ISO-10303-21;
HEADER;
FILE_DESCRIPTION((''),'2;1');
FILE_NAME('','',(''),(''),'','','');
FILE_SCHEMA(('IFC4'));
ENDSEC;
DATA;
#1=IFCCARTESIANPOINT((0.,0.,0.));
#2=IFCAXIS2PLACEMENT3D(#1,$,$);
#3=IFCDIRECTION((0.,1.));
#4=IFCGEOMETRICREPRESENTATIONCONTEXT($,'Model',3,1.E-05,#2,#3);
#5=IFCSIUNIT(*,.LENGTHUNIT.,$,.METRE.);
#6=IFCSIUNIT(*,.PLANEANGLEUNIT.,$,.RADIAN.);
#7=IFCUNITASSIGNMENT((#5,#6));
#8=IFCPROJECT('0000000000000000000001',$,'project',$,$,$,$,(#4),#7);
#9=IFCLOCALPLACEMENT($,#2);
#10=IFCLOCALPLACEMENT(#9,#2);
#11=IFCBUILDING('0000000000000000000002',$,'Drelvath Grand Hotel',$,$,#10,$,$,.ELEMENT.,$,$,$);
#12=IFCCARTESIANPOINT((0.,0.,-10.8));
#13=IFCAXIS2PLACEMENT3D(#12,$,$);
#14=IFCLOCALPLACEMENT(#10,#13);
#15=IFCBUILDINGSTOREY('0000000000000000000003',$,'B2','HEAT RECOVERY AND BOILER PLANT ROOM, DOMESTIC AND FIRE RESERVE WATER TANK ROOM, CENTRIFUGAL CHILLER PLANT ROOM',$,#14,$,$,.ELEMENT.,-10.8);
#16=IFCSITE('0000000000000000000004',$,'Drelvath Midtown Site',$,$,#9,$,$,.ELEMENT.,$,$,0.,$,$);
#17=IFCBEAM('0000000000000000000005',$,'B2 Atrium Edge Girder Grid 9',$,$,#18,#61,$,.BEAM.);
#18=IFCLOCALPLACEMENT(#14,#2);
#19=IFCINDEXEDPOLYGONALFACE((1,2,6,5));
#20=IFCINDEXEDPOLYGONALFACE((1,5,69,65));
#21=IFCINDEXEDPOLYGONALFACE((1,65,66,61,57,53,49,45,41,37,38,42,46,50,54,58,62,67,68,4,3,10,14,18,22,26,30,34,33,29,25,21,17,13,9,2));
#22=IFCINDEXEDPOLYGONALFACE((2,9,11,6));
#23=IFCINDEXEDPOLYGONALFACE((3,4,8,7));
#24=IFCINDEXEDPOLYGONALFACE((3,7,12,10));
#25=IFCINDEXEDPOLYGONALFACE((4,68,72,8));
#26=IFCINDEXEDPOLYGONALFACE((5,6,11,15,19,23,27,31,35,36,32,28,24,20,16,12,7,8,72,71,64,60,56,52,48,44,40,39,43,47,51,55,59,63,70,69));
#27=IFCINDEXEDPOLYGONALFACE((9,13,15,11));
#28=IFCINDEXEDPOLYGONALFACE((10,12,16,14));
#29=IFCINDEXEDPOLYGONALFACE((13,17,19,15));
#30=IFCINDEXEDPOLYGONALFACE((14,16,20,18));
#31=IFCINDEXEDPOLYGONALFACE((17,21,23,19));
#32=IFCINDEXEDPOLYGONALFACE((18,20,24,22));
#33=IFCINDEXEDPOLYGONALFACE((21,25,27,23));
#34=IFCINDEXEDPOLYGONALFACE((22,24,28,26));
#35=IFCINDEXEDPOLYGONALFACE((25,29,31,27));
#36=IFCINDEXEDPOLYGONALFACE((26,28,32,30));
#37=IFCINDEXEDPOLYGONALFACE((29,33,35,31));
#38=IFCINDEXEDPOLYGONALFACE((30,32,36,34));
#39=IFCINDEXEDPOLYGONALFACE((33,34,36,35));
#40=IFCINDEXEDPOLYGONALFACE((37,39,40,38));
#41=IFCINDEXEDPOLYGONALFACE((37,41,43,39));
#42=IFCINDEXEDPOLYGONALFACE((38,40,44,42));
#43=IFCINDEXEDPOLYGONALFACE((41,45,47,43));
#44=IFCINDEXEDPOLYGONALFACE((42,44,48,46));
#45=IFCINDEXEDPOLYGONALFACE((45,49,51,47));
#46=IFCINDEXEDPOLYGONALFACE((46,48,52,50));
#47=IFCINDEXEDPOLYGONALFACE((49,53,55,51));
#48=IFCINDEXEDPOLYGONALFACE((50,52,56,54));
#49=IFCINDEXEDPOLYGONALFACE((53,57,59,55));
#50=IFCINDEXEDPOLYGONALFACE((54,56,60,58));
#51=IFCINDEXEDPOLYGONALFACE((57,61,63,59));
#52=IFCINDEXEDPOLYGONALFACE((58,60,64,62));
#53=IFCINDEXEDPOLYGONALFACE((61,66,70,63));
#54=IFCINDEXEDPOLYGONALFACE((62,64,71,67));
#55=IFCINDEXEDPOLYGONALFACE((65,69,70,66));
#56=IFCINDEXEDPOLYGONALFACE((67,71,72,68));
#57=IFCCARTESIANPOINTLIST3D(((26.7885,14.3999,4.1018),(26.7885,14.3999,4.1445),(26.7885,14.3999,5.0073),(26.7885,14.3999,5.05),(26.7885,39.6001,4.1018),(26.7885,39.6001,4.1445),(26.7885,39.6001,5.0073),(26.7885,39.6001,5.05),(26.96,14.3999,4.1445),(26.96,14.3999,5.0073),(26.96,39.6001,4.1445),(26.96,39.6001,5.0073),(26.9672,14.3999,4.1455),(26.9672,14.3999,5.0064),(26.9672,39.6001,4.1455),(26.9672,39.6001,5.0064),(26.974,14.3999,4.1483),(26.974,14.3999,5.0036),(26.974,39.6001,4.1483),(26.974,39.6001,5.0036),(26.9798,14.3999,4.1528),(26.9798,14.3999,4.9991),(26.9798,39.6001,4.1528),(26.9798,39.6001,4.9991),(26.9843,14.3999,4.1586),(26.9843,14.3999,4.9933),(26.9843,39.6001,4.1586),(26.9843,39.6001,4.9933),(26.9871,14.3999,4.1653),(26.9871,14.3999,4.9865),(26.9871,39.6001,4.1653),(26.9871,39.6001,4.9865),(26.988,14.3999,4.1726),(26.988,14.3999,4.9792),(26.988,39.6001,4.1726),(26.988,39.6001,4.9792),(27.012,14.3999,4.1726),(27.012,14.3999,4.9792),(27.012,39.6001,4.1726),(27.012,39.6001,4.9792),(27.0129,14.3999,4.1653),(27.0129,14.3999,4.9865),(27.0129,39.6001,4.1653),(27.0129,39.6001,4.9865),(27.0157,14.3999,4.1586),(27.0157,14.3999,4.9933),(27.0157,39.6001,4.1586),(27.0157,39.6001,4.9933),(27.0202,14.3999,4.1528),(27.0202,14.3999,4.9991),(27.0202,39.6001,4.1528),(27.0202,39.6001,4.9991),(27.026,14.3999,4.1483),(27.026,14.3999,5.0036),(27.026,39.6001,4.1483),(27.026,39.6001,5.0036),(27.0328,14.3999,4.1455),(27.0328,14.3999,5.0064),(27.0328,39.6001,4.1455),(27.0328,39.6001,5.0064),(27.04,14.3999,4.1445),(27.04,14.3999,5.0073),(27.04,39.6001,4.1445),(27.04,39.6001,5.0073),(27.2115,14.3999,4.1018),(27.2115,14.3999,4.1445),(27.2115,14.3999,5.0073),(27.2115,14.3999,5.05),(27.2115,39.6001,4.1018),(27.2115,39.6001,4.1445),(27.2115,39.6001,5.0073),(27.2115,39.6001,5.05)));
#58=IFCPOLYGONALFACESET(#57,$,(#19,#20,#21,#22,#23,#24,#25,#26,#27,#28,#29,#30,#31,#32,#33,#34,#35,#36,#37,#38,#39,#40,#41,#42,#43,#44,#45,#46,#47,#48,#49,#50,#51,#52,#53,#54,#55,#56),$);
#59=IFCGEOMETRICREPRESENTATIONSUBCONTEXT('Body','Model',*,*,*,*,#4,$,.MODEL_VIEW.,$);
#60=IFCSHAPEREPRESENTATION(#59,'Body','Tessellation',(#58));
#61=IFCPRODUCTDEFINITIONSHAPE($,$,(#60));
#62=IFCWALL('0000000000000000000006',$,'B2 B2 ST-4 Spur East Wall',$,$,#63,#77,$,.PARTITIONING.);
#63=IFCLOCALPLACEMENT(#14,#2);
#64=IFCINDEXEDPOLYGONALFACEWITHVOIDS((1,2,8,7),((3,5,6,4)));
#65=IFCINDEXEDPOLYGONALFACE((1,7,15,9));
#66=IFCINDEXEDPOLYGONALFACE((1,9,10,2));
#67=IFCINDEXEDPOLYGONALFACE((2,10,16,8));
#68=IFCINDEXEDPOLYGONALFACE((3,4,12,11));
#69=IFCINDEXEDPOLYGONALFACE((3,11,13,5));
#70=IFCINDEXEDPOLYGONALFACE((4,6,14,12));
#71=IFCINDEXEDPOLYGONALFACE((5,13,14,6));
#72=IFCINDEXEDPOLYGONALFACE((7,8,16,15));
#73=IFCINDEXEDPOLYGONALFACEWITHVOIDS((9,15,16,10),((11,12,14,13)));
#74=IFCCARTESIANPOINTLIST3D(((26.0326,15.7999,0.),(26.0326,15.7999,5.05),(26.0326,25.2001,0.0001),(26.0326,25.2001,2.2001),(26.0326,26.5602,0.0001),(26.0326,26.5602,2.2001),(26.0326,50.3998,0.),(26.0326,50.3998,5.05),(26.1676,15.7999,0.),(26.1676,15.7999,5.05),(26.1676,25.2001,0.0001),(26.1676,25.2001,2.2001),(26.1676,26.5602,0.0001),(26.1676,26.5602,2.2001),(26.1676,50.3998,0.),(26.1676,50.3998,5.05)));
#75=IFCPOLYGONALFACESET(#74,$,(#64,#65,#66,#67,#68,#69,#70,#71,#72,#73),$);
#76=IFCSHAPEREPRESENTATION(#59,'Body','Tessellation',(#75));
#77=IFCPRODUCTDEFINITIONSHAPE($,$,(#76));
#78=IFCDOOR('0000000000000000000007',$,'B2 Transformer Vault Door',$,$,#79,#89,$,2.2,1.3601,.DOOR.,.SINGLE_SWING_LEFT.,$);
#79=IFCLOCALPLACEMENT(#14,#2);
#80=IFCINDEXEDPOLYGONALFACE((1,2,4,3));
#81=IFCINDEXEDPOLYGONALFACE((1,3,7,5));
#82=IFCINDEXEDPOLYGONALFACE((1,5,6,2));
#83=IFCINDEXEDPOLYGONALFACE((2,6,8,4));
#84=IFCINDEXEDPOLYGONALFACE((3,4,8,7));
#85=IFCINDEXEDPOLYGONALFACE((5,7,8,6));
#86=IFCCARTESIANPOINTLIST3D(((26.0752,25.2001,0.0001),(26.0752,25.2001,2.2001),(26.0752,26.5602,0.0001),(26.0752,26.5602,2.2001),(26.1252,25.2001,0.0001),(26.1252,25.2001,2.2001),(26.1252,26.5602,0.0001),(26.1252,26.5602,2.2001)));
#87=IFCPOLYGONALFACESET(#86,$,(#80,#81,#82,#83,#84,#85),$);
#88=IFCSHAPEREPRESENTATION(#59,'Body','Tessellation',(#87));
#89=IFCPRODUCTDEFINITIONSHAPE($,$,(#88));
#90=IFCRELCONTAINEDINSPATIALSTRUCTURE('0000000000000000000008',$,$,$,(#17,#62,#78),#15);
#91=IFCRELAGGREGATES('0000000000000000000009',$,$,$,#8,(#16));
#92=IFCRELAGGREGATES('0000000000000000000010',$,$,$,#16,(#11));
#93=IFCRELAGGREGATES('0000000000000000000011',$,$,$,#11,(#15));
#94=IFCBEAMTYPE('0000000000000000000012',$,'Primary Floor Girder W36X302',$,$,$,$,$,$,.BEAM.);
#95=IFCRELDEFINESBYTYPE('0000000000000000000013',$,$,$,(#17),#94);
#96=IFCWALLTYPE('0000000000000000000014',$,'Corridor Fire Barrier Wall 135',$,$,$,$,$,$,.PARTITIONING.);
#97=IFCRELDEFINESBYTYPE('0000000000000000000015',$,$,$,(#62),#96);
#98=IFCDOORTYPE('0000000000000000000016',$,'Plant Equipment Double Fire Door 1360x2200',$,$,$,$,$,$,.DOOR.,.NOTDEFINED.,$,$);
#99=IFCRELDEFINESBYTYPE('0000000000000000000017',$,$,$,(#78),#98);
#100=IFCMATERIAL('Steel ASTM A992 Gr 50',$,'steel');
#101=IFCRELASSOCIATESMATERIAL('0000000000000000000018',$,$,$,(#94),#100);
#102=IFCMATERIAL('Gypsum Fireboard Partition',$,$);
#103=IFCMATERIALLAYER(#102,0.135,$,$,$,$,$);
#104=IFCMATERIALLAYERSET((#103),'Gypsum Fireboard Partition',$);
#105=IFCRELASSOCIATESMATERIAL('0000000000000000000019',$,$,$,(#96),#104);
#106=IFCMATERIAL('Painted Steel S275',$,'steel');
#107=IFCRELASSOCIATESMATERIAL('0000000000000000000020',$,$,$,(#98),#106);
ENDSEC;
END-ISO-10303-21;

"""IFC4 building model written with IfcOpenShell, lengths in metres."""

from ifc_helpers import new_model, si_unit, direction, frame, frame_2d, origin, origin_2d, place, context, subcontext, project, spatial, rectangle, i_section, extrude, material, layer, layer_set, material_profile, profile_set, type_object, element, fill, save


model = new_model("IFC4")

# Units and contexts
model_context = context("Model", 3, precision=1e-05, world=origin(), true_north=direction((0.0, 1.0)))
body_context = subcontext(model_context, "Body", "Model", "MODEL_VIEW")
ifc_project = project(units=[si_unit("LENGTHUNIT", "METRE"), si_unit("PLANEANGLEUNIT", "RADIAN")], contexts=[model_context])

# Site, building, storey
site_placement = place(None, origin())
site = spatial("IfcSite", under=ifc_project, at=site_placement, Name="Drelvath Midtown Site", CompositionType="ELEMENT", RefElevation=0.0)
building_placement = place(site_placement, origin())
building = spatial("IfcBuilding", under=site, at=building_placement, Name="Drelvath Grand Hotel", CompositionType="ELEMENT")
storey_placement = place(building_placement, frame((0.0, 0.0, -10.8)))
storey = spatial("IfcBuildingStorey", under=building, at=storey_placement, Name="B2", Description="HEAT RECOVERY AND BOILER PLANT ROOM, DOMESTIC AND FIRE RESERVE WATER TANK ROOM, CENTRIFUGAL CHILLER PLANT ROOM", CompositionType="ELEMENT", Elevation=-10.8)

# Beam
ifc_material_1 = material(Name="Steel ASTM A992 Gr 50", Category="steel")
ifc_material_profile_1 = material_profile(ifc_material_1, i_section(OverallWidth=0.4231, OverallDepth=0.9482, WebThickness=0.0239, FlangeThickness=0.0427, FilletRadius=0.0281, at=origin_2d()), Name="W36X302")
ifc_profile_set_1 = profile_set([ifc_material_profile_1], Name="Steel ASTM A992 Gr 50")
beam_type_1 = type_object("IfcBeamType", Name="Primary Floor Girder W36X302", PredefinedType="BEAM", material=ifc_profile_set_1)
beam_1_placement = place(storey_placement, frame((27.0, 14.3999, 4.5759), z_axis=(0.0, 1.0, 0.0), x_axis=(-1.0, 0.0, 0.0)))
element("IfcBeam", 1, at=beam_1_placement, inside=storey, type_object=beam_type_1, Name="B2 Atrium Edge Girder Grid 9", PredefinedType="BEAM", context=body_context, shape_type="SweptSolid", body=[
    extrude(i_section(OverallWidth=0.4231, OverallDepth=0.9482, WebThickness=0.0239, FlangeThickness=0.0427, FilletRadius=0.0281, at=origin_2d()), origin(), (0.0, 0.0, 1.0), 25.2002),
])

# Wall, opening, door
ifc_material_2 = material(Name="Gypsum Fireboard Partition")
ifc_layer = layer(ifc_material_2, 0.135)
ifc_layer_set = layer_set([ifc_layer], Name="Gypsum Fireboard Partition")
wall_type = type_object("IfcWallType", Name="Corridor Fire Barrier Wall 135", PredefinedType="PARTITIONING", material=ifc_layer_set)
wall_placement = place(storey_placement, frame((26.1001, 15.8, 0.0), z_axis=(0.0, 0.0, 1.0), x_axis=(0.0, 1.0, 0.0)))
wall = element("IfcWall", 2, at=wall_placement, inside=storey, type_object=wall_type, Name="B2 B2 ST-4 Spur East Wall", PredefinedType="PARTITIONING", context=body_context, shape_type="SweptSolid", body=[
    extrude(rectangle(XDim=34.5999, YDim=0.135, at=frame_2d((17.2998, 0.0))), origin(), (0.0, 0.0, 1.0), 5.05),
])
opening_placement = place(wall_placement, frame((9.3999, 0.0, 0.0)))
opening = element("IfcOpeningElement", 3, at=opening_placement, cuts=wall, PredefinedType="OPENING", context=body_context, shape_type="SweptSolid", body=[
    extrude(rectangle(XDim=1.3601, YDim=2.2, at=frame_2d((0.6802, 1.1001))), frame((0.0, 0.0774, 0.0), z_axis=(0.0, -1.0, 0.0), x_axis=(1.0, 0.0, 0.0)), (0.0, 0.0, 1.0), 0.155),
])
ifc_material_3 = material(Name="Painted Steel S275", Category="steel")
door_type = type_object("IfcDoorType", Name="Plant Equipment Double Fire Door 1360x2200", OperationType="NOTDEFINED", PredefinedType="DOOR", material=ifc_material_3)
door_placement = place(opening_placement, origin())
door = element("IfcDoor", 4, at=door_placement, inside=storey, type_object=door_type, Name="B2 Transformer Vault Door", OperationType="SINGLE_SWING_LEFT", OverallHeight=2.2, OverallWidth=1.3601, PredefinedType="DOOR", context=body_context, shape_type="SweptSolid", body=[
    extrude(rectangle(XDim=1.3601, YDim=2.2, at=frame_2d((0.6802, 1.1001))), frame((0.0, 0.0249, 0.0), z_axis=(0.0, -1.0, 0.0), x_axis=(1.0, 0.0, 0.0)), (0.0, 0.0, 1.0), 0.05),
])
fill(opening, door)

save(model, "model.ifc")
